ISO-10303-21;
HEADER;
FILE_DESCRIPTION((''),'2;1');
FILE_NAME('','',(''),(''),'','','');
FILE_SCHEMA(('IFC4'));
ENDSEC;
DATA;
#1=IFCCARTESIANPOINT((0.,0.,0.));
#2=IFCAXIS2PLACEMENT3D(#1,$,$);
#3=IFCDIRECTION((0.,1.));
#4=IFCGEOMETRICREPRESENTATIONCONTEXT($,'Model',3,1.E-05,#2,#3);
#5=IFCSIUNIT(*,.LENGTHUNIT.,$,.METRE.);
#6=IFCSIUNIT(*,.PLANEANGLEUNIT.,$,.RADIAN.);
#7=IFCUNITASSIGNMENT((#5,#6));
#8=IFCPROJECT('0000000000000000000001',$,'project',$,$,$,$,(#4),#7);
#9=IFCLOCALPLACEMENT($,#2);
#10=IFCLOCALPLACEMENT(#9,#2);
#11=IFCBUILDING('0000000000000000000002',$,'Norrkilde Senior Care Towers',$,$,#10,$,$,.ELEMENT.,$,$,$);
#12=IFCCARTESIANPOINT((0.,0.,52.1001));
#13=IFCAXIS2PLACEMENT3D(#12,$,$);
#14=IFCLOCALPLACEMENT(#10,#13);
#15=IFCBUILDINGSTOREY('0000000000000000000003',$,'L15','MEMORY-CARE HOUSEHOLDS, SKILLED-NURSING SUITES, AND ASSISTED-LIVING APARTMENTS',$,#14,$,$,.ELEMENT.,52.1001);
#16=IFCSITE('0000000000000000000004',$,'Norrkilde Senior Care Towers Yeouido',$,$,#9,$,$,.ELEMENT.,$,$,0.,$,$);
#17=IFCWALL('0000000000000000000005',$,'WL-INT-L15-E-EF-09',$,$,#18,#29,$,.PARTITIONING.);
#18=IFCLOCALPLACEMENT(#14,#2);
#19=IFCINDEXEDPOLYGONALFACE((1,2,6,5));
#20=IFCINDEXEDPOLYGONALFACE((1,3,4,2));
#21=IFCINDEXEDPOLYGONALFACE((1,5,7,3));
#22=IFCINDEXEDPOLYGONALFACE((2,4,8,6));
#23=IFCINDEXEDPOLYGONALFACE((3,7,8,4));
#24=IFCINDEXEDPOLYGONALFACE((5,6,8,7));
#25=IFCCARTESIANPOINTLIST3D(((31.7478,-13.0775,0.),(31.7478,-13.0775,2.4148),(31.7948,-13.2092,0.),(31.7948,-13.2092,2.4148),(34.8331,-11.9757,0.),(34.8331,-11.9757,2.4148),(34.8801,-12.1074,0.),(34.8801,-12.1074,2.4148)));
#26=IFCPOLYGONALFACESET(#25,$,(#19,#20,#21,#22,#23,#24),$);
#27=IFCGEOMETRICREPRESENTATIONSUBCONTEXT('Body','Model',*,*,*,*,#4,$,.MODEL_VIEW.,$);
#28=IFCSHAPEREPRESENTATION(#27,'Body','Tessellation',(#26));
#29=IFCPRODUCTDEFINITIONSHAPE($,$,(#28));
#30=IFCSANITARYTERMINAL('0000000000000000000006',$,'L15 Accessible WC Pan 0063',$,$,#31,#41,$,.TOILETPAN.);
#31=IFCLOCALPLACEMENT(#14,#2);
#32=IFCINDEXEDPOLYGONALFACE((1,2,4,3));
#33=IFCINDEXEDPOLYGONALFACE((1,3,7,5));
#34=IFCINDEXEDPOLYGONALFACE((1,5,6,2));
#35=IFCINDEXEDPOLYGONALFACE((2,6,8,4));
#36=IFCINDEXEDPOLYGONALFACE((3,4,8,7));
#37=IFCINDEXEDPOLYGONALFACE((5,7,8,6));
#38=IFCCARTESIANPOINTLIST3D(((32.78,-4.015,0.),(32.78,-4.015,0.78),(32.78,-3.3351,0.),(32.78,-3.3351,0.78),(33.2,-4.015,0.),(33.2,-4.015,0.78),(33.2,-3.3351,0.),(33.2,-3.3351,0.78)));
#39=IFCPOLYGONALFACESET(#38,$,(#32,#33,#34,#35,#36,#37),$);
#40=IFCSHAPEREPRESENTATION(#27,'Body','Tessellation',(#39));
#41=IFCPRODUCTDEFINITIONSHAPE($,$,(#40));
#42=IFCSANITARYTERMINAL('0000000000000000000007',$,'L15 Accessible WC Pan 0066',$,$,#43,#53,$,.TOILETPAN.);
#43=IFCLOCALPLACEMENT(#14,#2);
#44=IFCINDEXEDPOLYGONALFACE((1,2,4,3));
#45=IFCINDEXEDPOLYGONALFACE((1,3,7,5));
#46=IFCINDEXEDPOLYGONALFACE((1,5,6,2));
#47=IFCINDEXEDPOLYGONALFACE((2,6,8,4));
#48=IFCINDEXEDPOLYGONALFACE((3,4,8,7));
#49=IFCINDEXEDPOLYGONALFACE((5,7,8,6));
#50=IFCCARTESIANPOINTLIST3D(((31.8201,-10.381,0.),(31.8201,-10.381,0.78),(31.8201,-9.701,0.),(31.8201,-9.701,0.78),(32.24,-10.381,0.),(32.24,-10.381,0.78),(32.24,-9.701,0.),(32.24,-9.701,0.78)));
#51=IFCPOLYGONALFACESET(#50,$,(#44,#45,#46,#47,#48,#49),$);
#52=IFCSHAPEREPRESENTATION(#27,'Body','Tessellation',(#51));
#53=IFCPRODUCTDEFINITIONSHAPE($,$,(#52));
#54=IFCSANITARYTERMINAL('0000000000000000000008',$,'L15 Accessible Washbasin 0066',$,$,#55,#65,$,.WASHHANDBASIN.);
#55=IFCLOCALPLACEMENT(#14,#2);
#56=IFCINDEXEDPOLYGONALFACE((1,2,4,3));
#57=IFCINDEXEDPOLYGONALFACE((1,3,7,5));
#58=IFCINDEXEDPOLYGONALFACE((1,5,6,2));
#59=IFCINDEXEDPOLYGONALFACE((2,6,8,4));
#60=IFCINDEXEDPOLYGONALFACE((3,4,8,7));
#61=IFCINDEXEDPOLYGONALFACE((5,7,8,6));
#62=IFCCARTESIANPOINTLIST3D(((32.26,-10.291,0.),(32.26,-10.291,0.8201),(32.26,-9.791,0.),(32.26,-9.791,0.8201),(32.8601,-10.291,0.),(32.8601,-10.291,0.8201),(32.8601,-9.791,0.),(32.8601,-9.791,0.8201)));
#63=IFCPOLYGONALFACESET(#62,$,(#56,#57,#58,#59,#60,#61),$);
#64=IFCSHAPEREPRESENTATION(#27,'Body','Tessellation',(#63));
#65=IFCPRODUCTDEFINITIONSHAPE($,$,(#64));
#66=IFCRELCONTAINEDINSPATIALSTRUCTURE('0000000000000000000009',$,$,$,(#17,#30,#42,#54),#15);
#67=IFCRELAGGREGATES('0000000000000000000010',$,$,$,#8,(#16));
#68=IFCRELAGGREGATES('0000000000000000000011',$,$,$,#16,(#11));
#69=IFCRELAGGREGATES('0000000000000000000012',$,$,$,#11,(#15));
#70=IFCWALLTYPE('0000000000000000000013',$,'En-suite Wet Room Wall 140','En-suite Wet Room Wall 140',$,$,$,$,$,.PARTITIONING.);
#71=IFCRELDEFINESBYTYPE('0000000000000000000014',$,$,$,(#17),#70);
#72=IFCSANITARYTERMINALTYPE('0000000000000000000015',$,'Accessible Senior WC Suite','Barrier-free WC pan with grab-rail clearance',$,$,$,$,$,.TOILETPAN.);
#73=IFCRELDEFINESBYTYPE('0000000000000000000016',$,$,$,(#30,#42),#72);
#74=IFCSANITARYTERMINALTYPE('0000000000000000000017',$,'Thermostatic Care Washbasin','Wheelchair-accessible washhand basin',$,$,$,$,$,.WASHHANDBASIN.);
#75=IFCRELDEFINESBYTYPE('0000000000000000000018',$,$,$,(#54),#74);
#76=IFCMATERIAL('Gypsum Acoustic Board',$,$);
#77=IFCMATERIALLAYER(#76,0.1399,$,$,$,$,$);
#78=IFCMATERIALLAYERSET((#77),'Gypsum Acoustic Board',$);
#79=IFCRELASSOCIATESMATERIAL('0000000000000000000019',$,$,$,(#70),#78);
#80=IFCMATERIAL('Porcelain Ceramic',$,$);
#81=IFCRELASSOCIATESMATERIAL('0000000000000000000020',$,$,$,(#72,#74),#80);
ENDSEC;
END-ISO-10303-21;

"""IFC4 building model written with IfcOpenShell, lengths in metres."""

from ifc_helpers import new_model, si_unit, direction, frame, frame_2d, origin, origin_2d, place, context, subcontext, project, spatial, rectangle, extrude, source, transform, mapped, material, layer, layer_set, type_object, type_shapes, element, save


model = new_model("IFC4")

# Units and contexts
model_context = context("Model", 3, precision=1e-05, world=origin(), true_north=direction((0.0, 1.0)))
body_context = subcontext(model_context, "Body", "Model", "MODEL_VIEW")
ifc_project = project(units=[si_unit("LENGTHUNIT", "METRE"), si_unit("PLANEANGLEUNIT", "RADIAN")], contexts=[model_context])

# Site, building, storey
site_placement = place(None, origin())
site = spatial("IfcSite", under=ifc_project, at=site_placement, Name="Norrkilde Senior Care Towers Yeouido", CompositionType="ELEMENT", RefElevation=0.0)
building_placement = place(site_placement, origin())
building = spatial("IfcBuilding", under=site, at=building_placement, Name="Norrkilde Senior Care Towers", CompositionType="ELEMENT")
storey_placement = place(building_placement, frame((0.0, 0.0, 52.1001)))
storey = spatial("IfcBuildingStorey", under=building, at=storey_placement, Name="L15", Description="MEMORY-CARE HOUSEHOLDS, SKILLED-NURSING SUITES, AND ASSISTED-LIVING APARTMENTS", CompositionType="ELEMENT", Elevation=52.1001)

# Shared definitions
ifc_material_1 = material(Name="Gypsum Acoustic Board")
ifc_layer_1 = layer(ifc_material_1, 0.1399)
ifc_layer_set_1 = layer_set([ifc_layer_1], Name="Gypsum Acoustic Board")
wall_type_1 = type_object("IfcWallType", Name="En-suite Wet Room Wall 140", Description="En-suite Wet Room Wall 140", PredefinedType="PARTITIONING", material=ifc_layer_set_1)

# Wall
shared_shape_1 = source(origin(), body_context, "Body", "SweptSolid", [
    extrude(rectangle(XDim=3.2761, YDim=0.1399, at=frame_2d((1.6382, 0.0))), origin(), (0.0, 0.0, 1.0), 2.4148),
])
wall_1_placement = place(storey_placement, frame((34.8567, -12.0415, 0.0), z_axis=(0.0, 0.0, 1.0), x_axis=(-0.941747, -0.336322, 0.0)))
element("IfcWall", 1, at=wall_1_placement, inside=storey, type_object=wall_type_1, Name="WL-INT-L15-E-EF-09", PredefinedType="PARTITIONING", context=body_context, shape_type="MappedRepresentation", body=[
    mapped(shared_shape_1, transform((0.0, 0.0, 0.0), x_axis=(1.0, 0.0, 0.0), y_axis=(0.0, 1.0, 0.0), z_axis=(0.0, 0.0, 1.0), scale=1.0)),
])

# Sanitary terminals
ifc_material_2 = material(Name="Porcelain Ceramic")
sanitary_terminal_type_1 = type_object("IfcSanitaryTerminalType", Name="Accessible Senior WC Suite", Description="Barrier-free WC pan with grab-rail clearance", PredefinedType="TOILETPAN", material=ifc_material_2)
shared_shape_2 = source(origin(), body_context, "Body", "SweptSolid", [
    extrude(rectangle(XDim=0.4199, YDim=0.6799, at=origin_2d()), origin(), (0.0, 0.0, 1.0), 0.78),
])
type_shapes(sanitary_terminal_type_1, [shared_shape_2])
for number, where, z_axis, x_axis, name in (
    (2, (32.99, -3.675, 0.0), (0.0, 0.0, 1.0), (1.0, 0.0, 0.0), "L15 Accessible WC Pan 0063"),
    (3, (32.03, -10.041, 0.0), (0.0, 0.0, 1.0), (1.0, 0.0, 0.0), "L15 Accessible WC Pan 0066"),
):
    element("IfcSanitaryTerminal", number, at=place(storey_placement, frame(where, z_axis=z_axis, x_axis=x_axis)), inside=storey, type_object=sanitary_terminal_type_1, Name=name, PredefinedType="TOILETPAN", context=body_context, shape_type="MappedRepresentation", body=[
        mapped(shared_shape_2, transform((0.0, 0.0, 0.0), x_axis=(1.0, 0.0, 0.0), y_axis=(0.0, 1.0, 0.0), z_axis=(0.0, 0.0, 1.0), scale=1.0)),
    ])
sanitary_terminal_type_2 = type_object("IfcSanitaryTerminalType", Name="Thermostatic Care Washbasin", Description="Wheelchair-accessible washhand basin", PredefinedType="WASHHANDBASIN", material=ifc_material_2)
shared_shape_3 = source(origin(), body_context, "Body", "SweptSolid", [
    extrude(rectangle(XDim=0.6001, YDim=0.5, at=origin_2d()), origin(), (0.0, 0.0, 1.0), 0.8201),
])
type_shapes(sanitary_terminal_type_2, [shared_shape_3])
sanitary_terminal_placement = place(storey_placement, frame((32.5601, -10.041, 0.0), z_axis=(0.0, 0.0, 1.0), x_axis=(1.0, 0.0, 0.0)))
element("IfcSanitaryTerminal", 4, at=sanitary_terminal_placement, inside=storey, type_object=sanitary_terminal_type_2, Name="L15 Accessible Washbasin 0066", PredefinedType="WASHHANDBASIN", context=body_context, shape_type="MappedRepresentation", body=[
    mapped(shared_shape_3, transform((0.0, 0.0, 0.0), x_axis=(1.0, 0.0, 0.0), y_axis=(0.0, 1.0, 0.0), z_axis=(0.0, 0.0, 1.0), scale=1.0)),
])

save(model, "model.ifc")
